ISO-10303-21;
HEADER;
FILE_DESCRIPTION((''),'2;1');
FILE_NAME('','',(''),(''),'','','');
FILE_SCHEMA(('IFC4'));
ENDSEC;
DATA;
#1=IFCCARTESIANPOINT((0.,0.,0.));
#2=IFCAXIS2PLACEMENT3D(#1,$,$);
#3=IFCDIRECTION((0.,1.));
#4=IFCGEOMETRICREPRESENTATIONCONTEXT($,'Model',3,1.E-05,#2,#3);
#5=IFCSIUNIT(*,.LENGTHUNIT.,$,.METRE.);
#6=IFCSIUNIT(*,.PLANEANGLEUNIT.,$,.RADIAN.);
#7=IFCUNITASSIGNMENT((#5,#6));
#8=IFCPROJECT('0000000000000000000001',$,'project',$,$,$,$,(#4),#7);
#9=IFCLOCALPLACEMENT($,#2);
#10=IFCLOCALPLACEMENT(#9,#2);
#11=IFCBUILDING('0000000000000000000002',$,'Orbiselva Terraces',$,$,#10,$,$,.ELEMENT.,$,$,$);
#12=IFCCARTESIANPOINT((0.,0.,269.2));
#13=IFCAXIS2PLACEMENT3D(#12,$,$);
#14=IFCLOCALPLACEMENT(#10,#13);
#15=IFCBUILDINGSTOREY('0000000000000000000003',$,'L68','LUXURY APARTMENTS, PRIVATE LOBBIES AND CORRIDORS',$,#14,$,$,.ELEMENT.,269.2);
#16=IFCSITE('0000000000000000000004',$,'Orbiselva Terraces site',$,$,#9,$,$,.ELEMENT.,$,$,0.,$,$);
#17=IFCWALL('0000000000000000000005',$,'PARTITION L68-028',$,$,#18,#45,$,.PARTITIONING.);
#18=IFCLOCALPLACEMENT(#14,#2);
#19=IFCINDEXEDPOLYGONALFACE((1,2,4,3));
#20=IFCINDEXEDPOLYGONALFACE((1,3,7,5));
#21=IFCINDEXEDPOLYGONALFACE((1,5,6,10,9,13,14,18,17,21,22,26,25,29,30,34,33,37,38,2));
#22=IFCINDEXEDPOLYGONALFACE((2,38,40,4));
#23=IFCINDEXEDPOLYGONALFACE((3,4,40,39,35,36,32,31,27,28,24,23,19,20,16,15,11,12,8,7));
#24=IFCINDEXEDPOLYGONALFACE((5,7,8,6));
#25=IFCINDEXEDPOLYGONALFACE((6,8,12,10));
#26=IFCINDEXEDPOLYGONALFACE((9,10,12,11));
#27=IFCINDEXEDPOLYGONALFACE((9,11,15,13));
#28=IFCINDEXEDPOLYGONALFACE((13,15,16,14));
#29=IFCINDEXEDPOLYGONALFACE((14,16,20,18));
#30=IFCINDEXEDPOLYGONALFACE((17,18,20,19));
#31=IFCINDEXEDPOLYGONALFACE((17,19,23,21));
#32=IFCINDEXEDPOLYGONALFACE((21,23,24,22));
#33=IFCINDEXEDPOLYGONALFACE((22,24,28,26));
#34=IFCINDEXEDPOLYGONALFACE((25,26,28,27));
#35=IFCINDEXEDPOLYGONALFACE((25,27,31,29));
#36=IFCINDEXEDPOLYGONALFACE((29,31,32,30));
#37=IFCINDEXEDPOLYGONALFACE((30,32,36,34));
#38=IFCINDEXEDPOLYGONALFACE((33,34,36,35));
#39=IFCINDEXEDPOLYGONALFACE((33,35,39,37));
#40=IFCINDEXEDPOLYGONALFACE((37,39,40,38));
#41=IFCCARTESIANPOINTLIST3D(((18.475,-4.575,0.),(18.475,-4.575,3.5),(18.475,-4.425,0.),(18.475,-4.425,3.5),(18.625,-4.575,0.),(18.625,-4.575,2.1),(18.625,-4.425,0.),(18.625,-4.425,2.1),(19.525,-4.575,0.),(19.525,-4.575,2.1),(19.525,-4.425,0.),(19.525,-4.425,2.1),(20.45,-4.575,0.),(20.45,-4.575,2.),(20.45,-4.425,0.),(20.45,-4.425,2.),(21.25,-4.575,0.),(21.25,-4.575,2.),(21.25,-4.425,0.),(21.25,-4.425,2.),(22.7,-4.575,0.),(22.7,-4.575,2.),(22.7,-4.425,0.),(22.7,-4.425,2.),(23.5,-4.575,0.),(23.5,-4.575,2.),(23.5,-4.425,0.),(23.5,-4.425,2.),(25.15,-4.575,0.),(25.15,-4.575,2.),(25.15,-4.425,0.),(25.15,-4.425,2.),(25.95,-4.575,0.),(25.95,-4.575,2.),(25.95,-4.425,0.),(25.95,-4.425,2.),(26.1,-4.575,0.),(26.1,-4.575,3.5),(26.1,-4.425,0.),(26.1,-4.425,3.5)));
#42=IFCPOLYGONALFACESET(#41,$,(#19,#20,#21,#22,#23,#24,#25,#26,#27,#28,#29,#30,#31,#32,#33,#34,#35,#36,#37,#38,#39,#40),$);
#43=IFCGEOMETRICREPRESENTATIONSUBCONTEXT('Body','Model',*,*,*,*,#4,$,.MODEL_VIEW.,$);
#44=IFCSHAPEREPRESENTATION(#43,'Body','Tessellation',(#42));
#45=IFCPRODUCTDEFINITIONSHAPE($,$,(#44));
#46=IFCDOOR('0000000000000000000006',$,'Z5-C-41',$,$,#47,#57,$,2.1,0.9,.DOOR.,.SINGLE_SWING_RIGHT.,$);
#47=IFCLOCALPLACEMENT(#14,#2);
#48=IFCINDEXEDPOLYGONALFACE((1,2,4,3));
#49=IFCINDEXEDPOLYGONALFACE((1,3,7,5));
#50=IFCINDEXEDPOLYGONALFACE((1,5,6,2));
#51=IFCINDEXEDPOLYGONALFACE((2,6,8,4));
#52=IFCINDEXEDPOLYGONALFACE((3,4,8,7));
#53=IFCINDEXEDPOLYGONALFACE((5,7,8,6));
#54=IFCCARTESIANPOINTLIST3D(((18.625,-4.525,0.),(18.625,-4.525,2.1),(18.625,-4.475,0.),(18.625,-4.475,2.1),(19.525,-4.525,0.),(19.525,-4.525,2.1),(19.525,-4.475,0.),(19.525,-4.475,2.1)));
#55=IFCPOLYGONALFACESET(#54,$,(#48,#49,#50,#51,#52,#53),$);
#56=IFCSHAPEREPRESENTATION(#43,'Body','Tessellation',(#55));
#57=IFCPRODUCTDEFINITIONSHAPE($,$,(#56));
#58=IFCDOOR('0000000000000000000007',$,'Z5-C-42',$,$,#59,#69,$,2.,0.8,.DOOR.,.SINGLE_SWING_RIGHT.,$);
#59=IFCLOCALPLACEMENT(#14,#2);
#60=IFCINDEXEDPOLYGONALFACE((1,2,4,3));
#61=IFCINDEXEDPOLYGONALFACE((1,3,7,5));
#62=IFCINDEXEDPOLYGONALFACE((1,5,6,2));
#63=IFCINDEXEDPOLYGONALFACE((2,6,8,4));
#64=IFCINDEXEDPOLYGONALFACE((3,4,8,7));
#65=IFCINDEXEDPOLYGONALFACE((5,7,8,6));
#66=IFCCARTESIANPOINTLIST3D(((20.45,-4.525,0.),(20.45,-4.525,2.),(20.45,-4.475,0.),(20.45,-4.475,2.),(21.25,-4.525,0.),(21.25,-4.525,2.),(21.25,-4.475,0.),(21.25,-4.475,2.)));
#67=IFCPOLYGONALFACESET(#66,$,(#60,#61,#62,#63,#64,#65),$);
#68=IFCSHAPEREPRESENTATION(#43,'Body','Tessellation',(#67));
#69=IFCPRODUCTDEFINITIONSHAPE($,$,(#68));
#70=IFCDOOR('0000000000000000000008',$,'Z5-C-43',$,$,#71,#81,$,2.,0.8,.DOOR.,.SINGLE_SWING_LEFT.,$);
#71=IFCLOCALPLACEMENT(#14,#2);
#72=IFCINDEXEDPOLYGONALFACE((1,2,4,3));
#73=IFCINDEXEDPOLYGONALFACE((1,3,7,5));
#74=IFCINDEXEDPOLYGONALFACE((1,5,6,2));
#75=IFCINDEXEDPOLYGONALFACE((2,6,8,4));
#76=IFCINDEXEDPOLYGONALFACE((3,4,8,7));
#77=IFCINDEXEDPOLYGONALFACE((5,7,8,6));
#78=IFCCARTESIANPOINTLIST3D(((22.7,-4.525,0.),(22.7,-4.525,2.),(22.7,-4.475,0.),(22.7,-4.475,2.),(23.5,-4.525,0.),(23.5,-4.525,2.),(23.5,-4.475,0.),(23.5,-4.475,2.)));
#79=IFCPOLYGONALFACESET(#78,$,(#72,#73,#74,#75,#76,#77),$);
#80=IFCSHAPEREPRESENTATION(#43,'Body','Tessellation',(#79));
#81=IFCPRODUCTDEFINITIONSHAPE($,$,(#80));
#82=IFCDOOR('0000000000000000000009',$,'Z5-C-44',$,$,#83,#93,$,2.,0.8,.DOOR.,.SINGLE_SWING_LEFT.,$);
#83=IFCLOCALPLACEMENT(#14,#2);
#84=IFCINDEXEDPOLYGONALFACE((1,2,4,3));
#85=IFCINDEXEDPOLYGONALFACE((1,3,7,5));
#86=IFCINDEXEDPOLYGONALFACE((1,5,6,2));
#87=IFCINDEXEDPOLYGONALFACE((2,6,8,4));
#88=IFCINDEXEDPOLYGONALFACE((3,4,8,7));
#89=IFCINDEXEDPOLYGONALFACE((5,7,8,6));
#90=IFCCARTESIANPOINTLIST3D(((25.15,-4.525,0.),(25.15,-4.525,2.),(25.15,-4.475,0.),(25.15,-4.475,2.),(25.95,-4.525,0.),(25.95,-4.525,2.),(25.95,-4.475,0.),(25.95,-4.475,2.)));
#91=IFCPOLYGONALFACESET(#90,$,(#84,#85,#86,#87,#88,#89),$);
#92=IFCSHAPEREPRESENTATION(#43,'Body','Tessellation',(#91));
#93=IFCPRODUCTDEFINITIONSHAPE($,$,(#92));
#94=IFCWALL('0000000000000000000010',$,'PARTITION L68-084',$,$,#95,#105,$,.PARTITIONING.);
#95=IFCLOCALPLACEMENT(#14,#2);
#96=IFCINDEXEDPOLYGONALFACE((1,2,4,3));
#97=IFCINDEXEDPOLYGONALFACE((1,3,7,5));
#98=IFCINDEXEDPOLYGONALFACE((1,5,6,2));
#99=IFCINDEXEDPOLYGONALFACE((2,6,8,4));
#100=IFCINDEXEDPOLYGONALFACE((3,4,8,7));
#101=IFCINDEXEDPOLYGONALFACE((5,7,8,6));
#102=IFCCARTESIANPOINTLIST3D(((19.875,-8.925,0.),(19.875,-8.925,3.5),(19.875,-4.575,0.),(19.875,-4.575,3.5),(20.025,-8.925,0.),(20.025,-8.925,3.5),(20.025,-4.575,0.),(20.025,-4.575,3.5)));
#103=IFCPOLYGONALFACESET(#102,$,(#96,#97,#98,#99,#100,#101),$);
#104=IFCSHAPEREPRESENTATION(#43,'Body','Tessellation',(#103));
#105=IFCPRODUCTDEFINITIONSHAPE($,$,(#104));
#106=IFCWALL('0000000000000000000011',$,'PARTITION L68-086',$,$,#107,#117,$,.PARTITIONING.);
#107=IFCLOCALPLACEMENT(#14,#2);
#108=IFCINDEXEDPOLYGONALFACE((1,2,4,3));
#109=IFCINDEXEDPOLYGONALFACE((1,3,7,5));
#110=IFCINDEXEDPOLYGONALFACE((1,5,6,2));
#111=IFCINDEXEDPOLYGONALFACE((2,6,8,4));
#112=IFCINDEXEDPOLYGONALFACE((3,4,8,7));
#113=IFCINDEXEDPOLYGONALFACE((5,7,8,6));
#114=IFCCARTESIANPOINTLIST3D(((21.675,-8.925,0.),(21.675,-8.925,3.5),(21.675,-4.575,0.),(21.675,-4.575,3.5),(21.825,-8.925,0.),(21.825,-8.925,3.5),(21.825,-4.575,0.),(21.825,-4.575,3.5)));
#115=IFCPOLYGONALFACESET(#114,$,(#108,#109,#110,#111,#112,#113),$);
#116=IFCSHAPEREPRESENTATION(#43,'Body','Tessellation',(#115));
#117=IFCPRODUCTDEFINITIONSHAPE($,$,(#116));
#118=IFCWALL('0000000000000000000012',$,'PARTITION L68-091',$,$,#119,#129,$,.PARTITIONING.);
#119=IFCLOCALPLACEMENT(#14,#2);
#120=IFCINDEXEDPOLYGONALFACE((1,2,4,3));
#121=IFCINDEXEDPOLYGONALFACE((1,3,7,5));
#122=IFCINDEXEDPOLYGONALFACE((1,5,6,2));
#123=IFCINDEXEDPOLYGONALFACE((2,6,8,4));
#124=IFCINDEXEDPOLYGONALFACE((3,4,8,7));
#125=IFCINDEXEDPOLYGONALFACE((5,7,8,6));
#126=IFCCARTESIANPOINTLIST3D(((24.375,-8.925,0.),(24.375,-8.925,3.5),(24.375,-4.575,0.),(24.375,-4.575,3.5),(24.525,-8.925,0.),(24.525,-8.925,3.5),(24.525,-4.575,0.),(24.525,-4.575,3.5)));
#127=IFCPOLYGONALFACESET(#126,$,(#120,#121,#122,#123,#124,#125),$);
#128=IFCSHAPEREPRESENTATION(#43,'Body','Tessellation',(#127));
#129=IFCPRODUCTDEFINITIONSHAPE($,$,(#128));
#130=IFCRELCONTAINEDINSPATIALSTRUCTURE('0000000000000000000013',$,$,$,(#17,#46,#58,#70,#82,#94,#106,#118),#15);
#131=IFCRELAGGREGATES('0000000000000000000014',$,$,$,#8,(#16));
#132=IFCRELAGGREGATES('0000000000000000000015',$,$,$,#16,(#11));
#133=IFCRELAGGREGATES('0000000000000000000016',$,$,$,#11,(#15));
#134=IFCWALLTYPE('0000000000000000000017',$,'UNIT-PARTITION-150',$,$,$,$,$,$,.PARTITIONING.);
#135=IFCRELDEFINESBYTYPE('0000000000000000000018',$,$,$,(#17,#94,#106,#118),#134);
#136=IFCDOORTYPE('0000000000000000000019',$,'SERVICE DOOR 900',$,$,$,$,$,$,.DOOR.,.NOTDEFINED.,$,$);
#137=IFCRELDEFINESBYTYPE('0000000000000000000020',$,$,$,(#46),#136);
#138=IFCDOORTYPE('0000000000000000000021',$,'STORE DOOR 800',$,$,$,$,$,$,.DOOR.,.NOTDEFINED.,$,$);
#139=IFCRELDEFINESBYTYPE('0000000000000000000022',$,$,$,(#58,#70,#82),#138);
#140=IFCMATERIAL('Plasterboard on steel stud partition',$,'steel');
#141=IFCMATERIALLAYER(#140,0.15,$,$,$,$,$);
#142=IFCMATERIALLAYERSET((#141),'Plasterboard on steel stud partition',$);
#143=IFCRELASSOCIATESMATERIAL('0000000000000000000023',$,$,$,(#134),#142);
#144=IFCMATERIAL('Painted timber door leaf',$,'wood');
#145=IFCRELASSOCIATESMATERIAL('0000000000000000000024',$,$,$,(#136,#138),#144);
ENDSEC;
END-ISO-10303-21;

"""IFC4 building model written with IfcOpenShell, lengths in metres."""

from ifc_helpers import new_model, si_unit, direction, frame, frame_2d, origin, place, context, subcontext, project, spatial, rectangle, extrude, material, layer, layer_set, type_object, element, fill, save


model = new_model("IFC4")

# Units and contexts
model_context = context("Model", 3, precision=1e-05, world=origin(), true_north=direction((0.0, 1.0)))
body_context = subcontext(model_context, "Body", "Model", "MODEL_VIEW")
ifc_project = project(units=[si_unit("LENGTHUNIT", "METRE"), si_unit("PLANEANGLEUNIT", "RADIAN")], contexts=[model_context])

# Site, building, storey
site_placement = place(None, origin())
site = spatial("IfcSite", under=ifc_project, at=site_placement, Name="Orbiselva Terraces site", CompositionType="ELEMENT", RefElevation=0.0)
building_placement = place(site_placement, origin())
building = spatial("IfcBuilding", under=site, at=building_placement, Name="Orbiselva Terraces", CompositionType="ELEMENT")
storey_placement = place(building_placement, frame((0.0, 0.0, 269.2)))
storey = spatial("IfcBuildingStorey", under=building, at=storey_placement, Name="L68", Description="LUXURY APARTMENTS, PRIVATE LOBBIES AND CORRIDORS", CompositionType="ELEMENT", Elevation=269.2)

# Shared definitions
ifc_material_1 = material(Name="Plasterboard on steel stud partition", Category="steel")
ifc_layer_1 = layer(ifc_material_1, 0.15)
ifc_layer_set_1 = layer_set([ifc_layer_1], Name="Plasterboard on steel stud partition")
wall_type_1 = type_object("IfcWallType", Name="UNIT-PARTITION-150", PredefinedType="PARTITIONING", material=ifc_layer_set_1)

# Wall, openings, doors
wall_1_placement = place(storey_placement, frame((26.1, -4.5, 0.0), z_axis=(0.0, 0.0, 1.0), x_axis=(-1.0, 0.0, 0.0)))
wall_1 = element("IfcWall", 1, at=wall_1_placement, inside=storey, type_object=wall_type_1, Name="PARTITION L68-028", PredefinedType="PARTITIONING", context=body_context, shape_type="SweptSolid", body=[
    extrude(rectangle(XDim=7.625, YDim=0.15, at=frame_2d((3.8125, 0.0))), origin(), (0.0, 0.0, 1.0), 3.5),
])
opening_1_placement = place(wall_1_placement, frame((6.575, 0.0, 0.0)))
opening_1 = element("IfcOpeningElement", 2, at=opening_1_placement, cuts=wall_1, PredefinedType="OPENING", context=body_context, shape_type="SweptSolid", body=[
    extrude(rectangle(XDim=0.9, YDim=2.1, at=frame_2d((0.45, 1.05))), frame((0.0, 0.085, 0.0), z_axis=(0.0, -1.0, 0.0), x_axis=(1.0, 0.0, 0.0)), (0.0, 0.0, 1.0), 0.17),
])
opening_2_placement = place(wall_1_placement, frame((4.85, 0.0, 0.0)))
opening_2 = element("IfcOpeningElement", 3, at=opening_2_placement, cuts=wall_1, PredefinedType="OPENING", context=body_context, shape_type="SweptSolid", body=[
    extrude(rectangle(XDim=0.8, YDim=2.0, at=frame_2d((0.4, 1.0))), frame((0.0, 0.085, 0.0), z_axis=(0.0, -1.0, 0.0), x_axis=(1.0, 0.0, 0.0)), (0.0, 0.0, 1.0), 0.17),
])
opening_3_placement = place(wall_1_placement, frame((2.6, 0.0, 0.0)))
opening_3 = element("IfcOpeningElement", 4, at=opening_3_placement, cuts=wall_1, PredefinedType="OPENING", context=body_context, shape_type="SweptSolid", body=[
    extrude(rectangle(XDim=0.8, YDim=2.0, at=frame_2d((0.4, 1.0))), frame((0.0, 0.085, 0.0), z_axis=(0.0, -1.0, 0.0), x_axis=(1.0, 0.0, 0.0)), (0.0, 0.0, 1.0), 0.17),
])
opening_4_placement = place(wall_1_placement, frame((0.15, 0.0, 0.0)))
opening_4 = element("IfcOpeningElement", 5, at=opening_4_placement, cuts=wall_1, PredefinedType="OPENING", context=body_context, shape_type="SweptSolid", body=[
    extrude(rectangle(XDim=0.8, YDim=2.0, at=frame_2d((0.4, 1.0))), frame((0.0, 0.085, 0.0), z_axis=(0.0, -1.0, 0.0), x_axis=(1.0, 0.0, 0.0)), (0.0, 0.0, 1.0), 0.17),
])
ifc_material_2 = material(Name="Painted timber door leaf", Category="wood")
door_type_1 = type_object("IfcDoorType", Name="SERVICE DOOR 900", OperationType="NOTDEFINED", PredefinedType="DOOR", material=ifc_material_2)
door_1_placement = place(opening_1_placement, origin())
door_1 = element("IfcDoor", 6, at=door_1_placement, inside=storey, type_object=door_type_1, Name="Z5-C-41", OperationType="SINGLE_SWING_RIGHT", OverallHeight=2.1, OverallWidth=0.9, PredefinedType="DOOR", context=body_context, shape_type="SweptSolid", body=[
    extrude(rectangle(XDim=0.9, YDim=2.1, at=frame_2d((0.45, 1.05))), frame((0.0, 0.025, 0.0), z_axis=(0.0, -1.0, 0.0), x_axis=(1.0, 0.0, 0.0)), (0.0, 0.0, 1.0), 0.05),
])
fill(opening_1, door_1)
door_type_2 = type_object("IfcDoorType", Name="STORE DOOR 800", OperationType="NOTDEFINED", PredefinedType="DOOR", material=ifc_material_2)
door_2_placement = place(opening_2_placement, origin())
door_2 = element("IfcDoor", 7, at=door_2_placement, inside=storey, type_object=door_type_2, Name="Z5-C-42", OperationType="SINGLE_SWING_RIGHT", OverallHeight=2.0, OverallWidth=0.8, PredefinedType="DOOR", context=body_context, shape_type="SweptSolid", body=[
    extrude(rectangle(XDim=0.8, YDim=2.0, at=frame_2d((0.4, 1.0))), frame((0.0, 0.025, 0.0), z_axis=(0.0, -1.0, 0.0), x_axis=(1.0, 0.0, 0.0)), (0.0, 0.0, 1.0), 0.05),
])
fill(opening_2, door_2)
door_3_placement = place(opening_3_placement, origin())
door_3 = element("IfcDoor", 8, at=door_3_placement, inside=storey, type_object=door_type_2, Name="Z5-C-43", OperationType="SINGLE_SWING_LEFT", OverallHeight=2.0, OverallWidth=0.8, PredefinedType="DOOR", context=body_context, shape_type="SweptSolid", body=[
    extrude(rectangle(XDim=0.8, YDim=2.0, at=frame_2d((0.4, 1.0))), frame((0.0, 0.025, 0.0), z_axis=(0.0, -1.0, 0.0), x_axis=(1.0, 0.0, 0.0)), (0.0, 0.0, 1.0), 0.05),
])
fill(opening_3, door_3)
door_4_placement = place(opening_4_placement, origin())
door_4 = element("IfcDoor", 9, at=door_4_placement, inside=storey, type_object=door_type_2, Name="Z5-C-44", OperationType="SINGLE_SWING_LEFT", OverallHeight=2.0, OverallWidth=0.8, PredefinedType="DOOR", context=body_context, shape_type="SweptSolid", body=[
    extrude(rectangle(XDim=0.8, YDim=2.0, at=frame_2d((0.4, 1.0))), frame((0.0, 0.025, 0.0), z_axis=(0.0, -1.0, 0.0), x_axis=(1.0, 0.0, 0.0)), (0.0, 0.0, 1.0), 0.05),
])
fill(opening_4, door_4)

# Walls
for number, where, z_axis, x_axis, name in (
    (10, (19.95, -8.925, 0.0), (0.0, 0.0, 1.0), (0.0, 1.0, 0.0), "PARTITION L68-084"),
    (11, (21.75, -8.925, 0.0), (0.0, 0.0, 1.0), (0.0, 1.0, 0.0), "PARTITION L68-086"),
    (12, (24.45, -8.925, 0.0), (0.0, 0.0, 1.0), (0.0, 1.0, 0.0), "PARTITION L68-091"),
):
    element("IfcWall", number, at=place(storey_placement, frame(where, z_axis=z_axis, x_axis=x_axis)), inside=storey, type_object=wall_type_1, Name=name, PredefinedType="PARTITIONING", context=body_context, shape_type="SweptSolid", body=[
        extrude(rectangle(XDim=4.35, YDim=0.15, at=frame_2d((2.175, 0.0))), origin(), (0.0, 0.0, 1.0), 3.5),
    ])

save(model, "model.ifc")
